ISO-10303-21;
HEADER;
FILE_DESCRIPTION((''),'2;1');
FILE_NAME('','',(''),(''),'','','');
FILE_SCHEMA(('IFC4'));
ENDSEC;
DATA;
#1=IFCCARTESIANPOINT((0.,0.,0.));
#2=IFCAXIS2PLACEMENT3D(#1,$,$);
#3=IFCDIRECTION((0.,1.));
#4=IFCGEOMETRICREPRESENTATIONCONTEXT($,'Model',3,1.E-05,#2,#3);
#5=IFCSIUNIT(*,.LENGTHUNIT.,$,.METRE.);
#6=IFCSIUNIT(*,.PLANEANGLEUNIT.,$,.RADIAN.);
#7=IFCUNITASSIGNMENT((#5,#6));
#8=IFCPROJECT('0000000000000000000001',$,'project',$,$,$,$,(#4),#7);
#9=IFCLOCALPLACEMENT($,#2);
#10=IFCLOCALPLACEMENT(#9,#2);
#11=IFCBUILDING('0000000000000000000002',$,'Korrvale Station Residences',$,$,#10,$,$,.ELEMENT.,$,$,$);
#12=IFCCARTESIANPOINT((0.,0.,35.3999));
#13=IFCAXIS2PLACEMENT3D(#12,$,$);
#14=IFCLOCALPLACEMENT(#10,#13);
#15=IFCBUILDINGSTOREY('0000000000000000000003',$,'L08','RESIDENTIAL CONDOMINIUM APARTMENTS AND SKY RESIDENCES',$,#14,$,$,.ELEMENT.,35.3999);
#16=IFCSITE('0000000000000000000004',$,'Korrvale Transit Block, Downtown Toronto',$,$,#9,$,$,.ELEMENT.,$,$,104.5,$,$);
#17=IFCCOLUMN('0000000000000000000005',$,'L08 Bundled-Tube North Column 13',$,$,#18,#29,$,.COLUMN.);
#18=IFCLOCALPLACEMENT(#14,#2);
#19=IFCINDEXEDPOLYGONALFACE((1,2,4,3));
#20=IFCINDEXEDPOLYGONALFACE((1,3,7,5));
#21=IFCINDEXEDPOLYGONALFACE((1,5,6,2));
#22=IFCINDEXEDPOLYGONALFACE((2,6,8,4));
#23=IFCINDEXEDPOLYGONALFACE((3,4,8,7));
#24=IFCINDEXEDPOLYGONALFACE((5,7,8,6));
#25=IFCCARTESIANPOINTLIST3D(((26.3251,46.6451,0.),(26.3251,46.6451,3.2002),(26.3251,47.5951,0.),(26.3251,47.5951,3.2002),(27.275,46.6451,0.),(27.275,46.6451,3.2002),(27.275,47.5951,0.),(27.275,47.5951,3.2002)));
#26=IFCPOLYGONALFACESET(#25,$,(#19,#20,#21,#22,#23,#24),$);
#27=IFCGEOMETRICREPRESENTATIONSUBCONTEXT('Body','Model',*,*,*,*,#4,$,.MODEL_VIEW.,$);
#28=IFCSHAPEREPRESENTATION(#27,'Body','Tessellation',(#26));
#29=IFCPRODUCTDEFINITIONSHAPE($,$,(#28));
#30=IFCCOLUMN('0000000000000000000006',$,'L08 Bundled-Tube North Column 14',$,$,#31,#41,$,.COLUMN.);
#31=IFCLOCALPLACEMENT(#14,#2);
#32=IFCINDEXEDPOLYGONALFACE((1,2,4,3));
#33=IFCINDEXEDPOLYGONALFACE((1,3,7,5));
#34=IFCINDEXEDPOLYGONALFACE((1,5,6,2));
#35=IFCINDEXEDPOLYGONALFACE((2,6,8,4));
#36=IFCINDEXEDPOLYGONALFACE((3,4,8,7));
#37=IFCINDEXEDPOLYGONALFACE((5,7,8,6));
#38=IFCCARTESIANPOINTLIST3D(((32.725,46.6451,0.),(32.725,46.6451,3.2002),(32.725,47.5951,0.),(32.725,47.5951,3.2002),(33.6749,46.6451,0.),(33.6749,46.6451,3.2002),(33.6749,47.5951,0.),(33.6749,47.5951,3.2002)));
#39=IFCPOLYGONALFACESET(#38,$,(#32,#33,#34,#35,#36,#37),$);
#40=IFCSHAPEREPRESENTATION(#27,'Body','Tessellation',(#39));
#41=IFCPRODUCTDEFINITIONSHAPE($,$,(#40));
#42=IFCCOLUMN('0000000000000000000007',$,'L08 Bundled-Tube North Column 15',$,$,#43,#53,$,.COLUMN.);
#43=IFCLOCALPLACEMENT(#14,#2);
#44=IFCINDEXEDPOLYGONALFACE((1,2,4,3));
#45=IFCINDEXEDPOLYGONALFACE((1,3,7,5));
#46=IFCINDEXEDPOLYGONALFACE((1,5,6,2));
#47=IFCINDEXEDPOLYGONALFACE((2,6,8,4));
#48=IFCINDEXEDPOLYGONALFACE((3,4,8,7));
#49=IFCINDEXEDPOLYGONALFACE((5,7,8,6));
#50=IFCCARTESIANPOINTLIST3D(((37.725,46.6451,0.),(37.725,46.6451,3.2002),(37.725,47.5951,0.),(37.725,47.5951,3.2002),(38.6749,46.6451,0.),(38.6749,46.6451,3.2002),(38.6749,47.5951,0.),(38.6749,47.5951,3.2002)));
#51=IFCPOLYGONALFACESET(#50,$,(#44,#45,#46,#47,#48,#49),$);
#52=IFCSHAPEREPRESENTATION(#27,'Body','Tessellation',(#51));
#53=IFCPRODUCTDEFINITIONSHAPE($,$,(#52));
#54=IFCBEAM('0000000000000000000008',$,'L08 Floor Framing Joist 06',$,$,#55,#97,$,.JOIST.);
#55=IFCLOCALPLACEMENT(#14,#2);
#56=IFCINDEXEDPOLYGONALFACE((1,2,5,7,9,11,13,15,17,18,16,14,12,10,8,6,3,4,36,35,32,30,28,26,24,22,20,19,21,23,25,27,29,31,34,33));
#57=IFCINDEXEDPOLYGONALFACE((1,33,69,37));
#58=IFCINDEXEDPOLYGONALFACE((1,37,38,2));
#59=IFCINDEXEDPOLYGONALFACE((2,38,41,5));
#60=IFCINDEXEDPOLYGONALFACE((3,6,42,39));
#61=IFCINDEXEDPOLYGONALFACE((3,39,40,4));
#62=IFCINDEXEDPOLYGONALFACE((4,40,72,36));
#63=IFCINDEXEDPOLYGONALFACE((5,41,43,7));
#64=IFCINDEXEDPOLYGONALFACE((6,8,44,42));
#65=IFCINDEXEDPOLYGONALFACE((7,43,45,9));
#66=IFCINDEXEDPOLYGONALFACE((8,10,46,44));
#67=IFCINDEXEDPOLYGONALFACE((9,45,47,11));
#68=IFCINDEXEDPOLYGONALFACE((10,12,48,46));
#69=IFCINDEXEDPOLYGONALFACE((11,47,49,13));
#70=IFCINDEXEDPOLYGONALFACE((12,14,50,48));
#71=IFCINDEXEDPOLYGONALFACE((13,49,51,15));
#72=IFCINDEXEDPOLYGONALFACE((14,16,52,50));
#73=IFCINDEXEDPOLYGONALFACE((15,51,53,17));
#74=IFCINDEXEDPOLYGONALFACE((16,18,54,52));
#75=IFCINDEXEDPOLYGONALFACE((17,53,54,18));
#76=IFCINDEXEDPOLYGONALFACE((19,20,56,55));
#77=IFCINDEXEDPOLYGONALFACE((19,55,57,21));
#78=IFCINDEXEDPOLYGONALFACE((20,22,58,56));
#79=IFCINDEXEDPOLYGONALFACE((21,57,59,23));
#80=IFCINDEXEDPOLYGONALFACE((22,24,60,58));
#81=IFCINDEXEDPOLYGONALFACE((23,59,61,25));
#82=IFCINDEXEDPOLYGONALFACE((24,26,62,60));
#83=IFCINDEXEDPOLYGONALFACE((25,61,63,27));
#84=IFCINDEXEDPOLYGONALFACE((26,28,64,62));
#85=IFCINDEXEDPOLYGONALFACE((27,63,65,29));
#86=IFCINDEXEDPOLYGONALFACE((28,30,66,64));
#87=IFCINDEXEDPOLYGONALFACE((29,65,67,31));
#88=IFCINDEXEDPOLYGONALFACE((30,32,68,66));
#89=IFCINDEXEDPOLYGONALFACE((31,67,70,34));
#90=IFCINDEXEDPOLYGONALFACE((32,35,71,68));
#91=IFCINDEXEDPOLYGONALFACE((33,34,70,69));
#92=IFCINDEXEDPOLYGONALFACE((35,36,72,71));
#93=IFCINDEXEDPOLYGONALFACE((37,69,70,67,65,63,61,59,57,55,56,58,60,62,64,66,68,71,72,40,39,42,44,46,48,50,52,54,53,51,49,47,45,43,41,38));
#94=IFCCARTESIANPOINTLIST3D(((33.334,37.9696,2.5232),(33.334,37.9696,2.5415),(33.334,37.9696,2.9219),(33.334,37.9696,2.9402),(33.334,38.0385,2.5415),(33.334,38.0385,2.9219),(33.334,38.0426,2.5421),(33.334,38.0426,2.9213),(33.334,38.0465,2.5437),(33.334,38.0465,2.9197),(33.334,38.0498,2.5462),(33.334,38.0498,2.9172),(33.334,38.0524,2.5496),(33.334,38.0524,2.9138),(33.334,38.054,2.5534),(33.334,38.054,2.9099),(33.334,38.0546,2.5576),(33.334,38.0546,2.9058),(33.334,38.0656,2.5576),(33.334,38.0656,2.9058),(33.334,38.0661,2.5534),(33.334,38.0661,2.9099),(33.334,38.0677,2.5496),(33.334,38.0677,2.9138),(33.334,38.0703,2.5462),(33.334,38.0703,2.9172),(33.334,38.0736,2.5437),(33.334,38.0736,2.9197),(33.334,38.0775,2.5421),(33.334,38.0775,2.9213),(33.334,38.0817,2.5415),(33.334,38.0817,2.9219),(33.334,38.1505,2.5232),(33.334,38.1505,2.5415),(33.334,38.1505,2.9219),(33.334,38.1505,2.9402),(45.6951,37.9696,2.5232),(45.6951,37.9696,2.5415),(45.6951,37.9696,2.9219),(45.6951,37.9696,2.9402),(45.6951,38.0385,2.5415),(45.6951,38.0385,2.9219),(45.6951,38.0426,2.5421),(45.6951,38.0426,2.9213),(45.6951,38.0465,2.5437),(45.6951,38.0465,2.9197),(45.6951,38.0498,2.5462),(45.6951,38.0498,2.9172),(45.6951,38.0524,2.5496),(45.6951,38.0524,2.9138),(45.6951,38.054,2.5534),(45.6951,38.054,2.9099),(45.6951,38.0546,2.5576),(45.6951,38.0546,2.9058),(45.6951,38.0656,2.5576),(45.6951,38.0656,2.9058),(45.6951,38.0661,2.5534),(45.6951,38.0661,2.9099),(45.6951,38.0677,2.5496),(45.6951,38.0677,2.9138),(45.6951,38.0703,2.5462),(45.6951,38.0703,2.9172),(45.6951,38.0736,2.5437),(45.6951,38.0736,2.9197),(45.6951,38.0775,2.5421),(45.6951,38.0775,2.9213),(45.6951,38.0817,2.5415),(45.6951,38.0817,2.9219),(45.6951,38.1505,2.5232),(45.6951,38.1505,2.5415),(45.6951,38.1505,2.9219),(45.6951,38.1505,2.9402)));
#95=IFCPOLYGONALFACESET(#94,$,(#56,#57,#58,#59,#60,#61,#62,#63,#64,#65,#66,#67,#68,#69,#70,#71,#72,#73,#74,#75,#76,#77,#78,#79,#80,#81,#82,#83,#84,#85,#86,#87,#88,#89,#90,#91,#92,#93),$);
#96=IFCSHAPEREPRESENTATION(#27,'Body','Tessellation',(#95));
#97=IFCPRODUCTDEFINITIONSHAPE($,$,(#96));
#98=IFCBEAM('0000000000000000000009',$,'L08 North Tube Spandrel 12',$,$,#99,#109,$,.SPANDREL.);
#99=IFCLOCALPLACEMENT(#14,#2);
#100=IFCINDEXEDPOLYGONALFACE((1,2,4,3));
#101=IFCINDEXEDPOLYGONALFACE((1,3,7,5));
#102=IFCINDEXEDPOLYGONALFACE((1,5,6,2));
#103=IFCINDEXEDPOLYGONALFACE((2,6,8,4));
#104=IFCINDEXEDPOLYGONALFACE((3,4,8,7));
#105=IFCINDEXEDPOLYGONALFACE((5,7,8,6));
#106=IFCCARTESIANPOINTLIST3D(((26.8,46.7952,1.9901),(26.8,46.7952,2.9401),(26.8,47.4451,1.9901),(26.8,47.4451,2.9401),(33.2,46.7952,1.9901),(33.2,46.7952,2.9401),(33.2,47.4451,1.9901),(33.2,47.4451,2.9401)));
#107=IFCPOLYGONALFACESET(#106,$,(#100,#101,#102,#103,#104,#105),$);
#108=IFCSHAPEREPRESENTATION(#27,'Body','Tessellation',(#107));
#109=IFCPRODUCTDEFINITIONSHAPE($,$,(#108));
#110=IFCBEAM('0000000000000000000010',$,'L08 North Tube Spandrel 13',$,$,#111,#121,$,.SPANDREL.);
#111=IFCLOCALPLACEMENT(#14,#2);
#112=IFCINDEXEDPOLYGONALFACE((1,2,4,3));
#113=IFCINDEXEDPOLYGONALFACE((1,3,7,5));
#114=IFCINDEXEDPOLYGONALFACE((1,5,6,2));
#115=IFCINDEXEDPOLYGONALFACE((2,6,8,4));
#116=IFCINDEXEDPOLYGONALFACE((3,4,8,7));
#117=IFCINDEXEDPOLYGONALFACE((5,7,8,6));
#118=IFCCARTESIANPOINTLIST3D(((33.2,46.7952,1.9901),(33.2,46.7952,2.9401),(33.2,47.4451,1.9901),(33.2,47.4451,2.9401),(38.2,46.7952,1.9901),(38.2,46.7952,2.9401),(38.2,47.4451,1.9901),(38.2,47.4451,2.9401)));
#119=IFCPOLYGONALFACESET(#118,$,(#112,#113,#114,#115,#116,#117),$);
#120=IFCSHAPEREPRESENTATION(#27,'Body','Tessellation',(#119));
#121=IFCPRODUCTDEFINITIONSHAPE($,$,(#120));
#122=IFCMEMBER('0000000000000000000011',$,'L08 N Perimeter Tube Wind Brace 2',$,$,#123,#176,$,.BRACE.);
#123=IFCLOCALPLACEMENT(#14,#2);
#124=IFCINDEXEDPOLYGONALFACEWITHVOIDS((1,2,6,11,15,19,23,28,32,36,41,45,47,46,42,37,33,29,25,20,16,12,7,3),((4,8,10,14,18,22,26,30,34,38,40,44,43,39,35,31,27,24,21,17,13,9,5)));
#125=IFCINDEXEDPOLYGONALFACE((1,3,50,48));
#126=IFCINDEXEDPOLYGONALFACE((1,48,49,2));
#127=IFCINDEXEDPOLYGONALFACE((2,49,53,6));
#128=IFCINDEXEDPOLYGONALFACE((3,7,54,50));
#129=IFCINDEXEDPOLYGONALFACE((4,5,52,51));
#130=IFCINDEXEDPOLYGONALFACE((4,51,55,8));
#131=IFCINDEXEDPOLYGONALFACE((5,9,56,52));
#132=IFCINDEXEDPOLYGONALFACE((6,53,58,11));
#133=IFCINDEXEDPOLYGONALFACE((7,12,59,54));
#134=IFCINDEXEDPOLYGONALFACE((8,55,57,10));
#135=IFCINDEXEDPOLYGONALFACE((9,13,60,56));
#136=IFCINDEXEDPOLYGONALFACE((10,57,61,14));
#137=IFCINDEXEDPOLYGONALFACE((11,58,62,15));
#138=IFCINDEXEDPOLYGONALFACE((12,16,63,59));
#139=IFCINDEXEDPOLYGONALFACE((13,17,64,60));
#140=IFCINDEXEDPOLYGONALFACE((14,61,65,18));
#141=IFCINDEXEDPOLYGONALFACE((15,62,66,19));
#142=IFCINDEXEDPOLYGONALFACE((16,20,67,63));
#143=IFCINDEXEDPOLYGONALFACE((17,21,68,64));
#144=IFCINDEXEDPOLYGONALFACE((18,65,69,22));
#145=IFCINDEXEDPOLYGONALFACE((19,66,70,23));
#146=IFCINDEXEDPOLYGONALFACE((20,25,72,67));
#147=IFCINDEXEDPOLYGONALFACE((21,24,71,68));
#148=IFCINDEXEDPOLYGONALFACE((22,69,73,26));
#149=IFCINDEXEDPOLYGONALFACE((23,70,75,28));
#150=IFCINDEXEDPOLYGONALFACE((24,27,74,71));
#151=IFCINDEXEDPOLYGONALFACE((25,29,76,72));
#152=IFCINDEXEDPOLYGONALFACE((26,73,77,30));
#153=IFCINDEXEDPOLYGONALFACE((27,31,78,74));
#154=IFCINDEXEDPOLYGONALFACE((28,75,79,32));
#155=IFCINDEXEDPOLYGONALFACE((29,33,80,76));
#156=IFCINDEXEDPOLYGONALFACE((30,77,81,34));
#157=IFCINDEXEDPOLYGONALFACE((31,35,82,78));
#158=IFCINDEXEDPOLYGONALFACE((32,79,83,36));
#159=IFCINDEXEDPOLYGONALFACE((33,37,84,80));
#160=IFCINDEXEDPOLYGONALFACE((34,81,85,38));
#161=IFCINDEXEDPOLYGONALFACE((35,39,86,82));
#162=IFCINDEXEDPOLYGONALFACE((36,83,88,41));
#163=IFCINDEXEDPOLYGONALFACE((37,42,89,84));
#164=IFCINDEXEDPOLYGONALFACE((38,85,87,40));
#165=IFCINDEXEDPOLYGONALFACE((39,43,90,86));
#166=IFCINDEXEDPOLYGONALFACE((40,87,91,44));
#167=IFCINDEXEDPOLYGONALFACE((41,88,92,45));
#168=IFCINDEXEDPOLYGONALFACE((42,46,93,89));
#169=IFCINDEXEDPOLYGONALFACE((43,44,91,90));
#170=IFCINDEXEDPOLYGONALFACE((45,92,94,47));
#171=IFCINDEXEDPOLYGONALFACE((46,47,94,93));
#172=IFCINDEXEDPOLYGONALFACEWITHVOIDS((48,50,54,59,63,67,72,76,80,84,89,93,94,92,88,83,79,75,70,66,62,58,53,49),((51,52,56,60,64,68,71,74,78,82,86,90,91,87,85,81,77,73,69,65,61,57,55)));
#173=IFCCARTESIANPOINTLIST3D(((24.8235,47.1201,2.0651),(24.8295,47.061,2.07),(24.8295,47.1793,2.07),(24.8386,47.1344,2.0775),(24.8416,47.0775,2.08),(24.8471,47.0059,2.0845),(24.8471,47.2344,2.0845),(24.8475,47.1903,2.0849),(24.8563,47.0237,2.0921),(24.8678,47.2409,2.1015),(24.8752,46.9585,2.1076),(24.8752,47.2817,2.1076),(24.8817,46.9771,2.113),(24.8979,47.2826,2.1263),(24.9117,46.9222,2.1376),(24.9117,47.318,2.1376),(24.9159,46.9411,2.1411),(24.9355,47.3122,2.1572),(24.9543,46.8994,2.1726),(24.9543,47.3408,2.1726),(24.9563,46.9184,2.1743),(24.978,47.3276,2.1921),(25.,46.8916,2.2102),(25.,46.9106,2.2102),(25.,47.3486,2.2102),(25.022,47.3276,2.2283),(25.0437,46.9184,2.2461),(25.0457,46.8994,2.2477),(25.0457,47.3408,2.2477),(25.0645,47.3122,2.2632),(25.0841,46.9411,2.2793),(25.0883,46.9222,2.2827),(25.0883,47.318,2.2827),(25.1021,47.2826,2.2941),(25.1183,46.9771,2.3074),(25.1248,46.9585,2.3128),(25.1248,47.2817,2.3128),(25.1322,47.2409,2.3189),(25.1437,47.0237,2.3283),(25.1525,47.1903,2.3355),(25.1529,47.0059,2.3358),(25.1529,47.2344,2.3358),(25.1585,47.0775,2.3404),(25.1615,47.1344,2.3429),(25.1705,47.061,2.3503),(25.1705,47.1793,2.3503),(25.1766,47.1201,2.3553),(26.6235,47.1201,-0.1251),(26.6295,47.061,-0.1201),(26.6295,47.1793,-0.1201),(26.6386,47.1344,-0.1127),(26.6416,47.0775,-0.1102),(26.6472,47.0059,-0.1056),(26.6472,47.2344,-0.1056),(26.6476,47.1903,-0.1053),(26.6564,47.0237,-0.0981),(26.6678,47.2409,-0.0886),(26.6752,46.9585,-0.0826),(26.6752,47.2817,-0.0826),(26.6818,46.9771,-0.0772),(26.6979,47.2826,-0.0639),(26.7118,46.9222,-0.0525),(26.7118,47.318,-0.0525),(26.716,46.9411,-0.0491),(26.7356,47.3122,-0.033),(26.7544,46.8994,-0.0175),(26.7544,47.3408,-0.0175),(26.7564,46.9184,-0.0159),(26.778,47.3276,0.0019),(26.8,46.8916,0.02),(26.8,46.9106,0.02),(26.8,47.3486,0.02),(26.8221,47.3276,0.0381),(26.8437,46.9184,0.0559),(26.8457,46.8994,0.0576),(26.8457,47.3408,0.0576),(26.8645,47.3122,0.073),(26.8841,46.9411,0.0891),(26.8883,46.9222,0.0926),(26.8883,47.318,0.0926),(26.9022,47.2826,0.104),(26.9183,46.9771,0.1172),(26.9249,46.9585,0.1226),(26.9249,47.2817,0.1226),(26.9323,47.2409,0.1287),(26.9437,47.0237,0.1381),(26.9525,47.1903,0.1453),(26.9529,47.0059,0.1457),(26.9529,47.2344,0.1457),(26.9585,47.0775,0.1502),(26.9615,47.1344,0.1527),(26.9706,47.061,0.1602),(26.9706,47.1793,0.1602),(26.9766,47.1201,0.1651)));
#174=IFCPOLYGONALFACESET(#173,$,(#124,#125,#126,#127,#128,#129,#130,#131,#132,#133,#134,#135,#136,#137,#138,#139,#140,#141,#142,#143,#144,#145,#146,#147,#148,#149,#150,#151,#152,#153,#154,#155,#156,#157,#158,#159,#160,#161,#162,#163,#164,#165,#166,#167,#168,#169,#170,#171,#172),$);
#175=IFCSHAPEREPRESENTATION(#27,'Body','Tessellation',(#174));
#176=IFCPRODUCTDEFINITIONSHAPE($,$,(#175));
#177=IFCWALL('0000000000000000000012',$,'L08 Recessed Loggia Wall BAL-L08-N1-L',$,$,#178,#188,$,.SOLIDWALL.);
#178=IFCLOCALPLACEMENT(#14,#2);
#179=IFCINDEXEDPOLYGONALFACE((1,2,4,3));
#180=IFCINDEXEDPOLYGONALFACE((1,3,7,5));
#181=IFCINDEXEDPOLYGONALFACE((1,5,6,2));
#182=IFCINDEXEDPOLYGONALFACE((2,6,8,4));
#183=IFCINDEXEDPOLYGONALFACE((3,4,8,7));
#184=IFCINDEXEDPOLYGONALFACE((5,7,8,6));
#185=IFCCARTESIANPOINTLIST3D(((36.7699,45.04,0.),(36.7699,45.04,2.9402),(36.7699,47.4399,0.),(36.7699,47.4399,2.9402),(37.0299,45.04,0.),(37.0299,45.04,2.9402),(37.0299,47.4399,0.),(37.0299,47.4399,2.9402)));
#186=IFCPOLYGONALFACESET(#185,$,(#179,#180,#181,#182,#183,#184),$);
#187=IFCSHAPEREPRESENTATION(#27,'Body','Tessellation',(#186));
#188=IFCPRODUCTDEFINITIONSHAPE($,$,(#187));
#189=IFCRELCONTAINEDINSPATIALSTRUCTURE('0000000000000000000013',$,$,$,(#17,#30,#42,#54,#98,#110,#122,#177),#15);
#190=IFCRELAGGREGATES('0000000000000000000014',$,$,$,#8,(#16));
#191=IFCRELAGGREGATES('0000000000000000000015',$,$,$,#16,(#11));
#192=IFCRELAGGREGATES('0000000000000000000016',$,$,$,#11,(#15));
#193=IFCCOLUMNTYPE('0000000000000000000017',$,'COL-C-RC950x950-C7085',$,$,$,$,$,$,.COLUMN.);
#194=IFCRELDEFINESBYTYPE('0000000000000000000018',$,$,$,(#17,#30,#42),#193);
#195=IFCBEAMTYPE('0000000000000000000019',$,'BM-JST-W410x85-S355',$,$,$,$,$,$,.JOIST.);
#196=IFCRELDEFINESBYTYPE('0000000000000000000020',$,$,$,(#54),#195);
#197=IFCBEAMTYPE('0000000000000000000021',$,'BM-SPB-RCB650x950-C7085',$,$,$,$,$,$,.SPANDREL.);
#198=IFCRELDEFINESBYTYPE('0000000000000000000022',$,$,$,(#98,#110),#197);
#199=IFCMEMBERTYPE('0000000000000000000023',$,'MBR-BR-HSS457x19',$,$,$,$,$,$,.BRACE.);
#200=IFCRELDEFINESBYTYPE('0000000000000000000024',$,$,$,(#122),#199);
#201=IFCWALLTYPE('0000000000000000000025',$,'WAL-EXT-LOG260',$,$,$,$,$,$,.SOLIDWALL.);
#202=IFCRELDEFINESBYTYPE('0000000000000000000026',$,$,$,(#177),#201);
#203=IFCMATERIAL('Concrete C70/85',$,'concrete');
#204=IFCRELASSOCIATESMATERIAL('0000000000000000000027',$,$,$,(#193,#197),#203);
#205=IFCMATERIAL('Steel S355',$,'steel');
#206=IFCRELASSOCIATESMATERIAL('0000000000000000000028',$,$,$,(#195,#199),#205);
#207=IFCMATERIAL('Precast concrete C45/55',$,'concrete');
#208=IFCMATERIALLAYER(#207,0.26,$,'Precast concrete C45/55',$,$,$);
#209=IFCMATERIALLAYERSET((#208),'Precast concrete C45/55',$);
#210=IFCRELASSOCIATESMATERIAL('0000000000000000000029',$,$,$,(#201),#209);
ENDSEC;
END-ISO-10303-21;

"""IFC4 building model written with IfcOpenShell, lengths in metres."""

from ifc_helpers import new_model, si_unit, direction, frame, frame_2d, origin, origin_2d, place, context, subcontext, project, spatial, rectangle, hollow_circle, i_section, extrude, material, layer, layer_set, material_profile, profile_set, type_object, element, save


model = new_model("IFC4")

# Units and contexts
model_context = context("Model", 3, precision=1e-05, world=origin(), true_north=direction((0.0, 1.0)))
body_context = subcontext(model_context, "Body", "Model", "MODEL_VIEW")
ifc_project = project(units=[si_unit("LENGTHUNIT", "METRE"), si_unit("PLANEANGLEUNIT", "RADIAN")], contexts=[model_context])

# Site, building, storey
site_placement = place(None, origin())
site = spatial("IfcSite", under=ifc_project, at=site_placement, Name="Korrvale Transit Block, Downtown Toronto", CompositionType="ELEMENT", RefElevation=104.5)
building_placement = place(site_placement, origin())
building = spatial("IfcBuilding", under=site, at=building_placement, Name="Korrvale Station Residences", CompositionType="ELEMENT")
storey_placement = place(building_placement, frame((0.0, 0.0, 35.3999)))
storey = spatial("IfcBuildingStorey", under=building, at=storey_placement, Name="L08", Description="RESIDENTIAL CONDOMINIUM APARTMENTS AND SKY RESIDENCES", CompositionType="ELEMENT", Elevation=35.3999)

# Columns
ifc_material_1 = material(Name="Concrete C70/85", Category="concrete")
ifc_material_profile_1 = material_profile(ifc_material_1, rectangle(XDim=0.95, YDim=0.95, at=origin_2d()), Name="RC950x950")
ifc_profile_set_1 = profile_set([ifc_material_profile_1], Name="Concrete C70/85")
column_type = type_object("IfcColumnType", Name="COL-C-RC950x950-C7085", PredefinedType="COLUMN", material=ifc_profile_set_1)
for number, where, z_axis, x_axis, name in (
    (1, (26.8, 47.1201, 0.0), (0.0, 0.0, 1.0), (1.0, 0.0, 0.0), "L08 Bundled-Tube North Column 13"),
    (2, (33.2, 47.1201, 0.0), (0.0, 0.0, 1.0), (1.0, 0.0, 0.0), "L08 Bundled-Tube North Column 14"),
    (3, (38.2, 47.1201, 0.0), (0.0, 0.0, 1.0), (1.0, 0.0, 0.0), "L08 Bundled-Tube North Column 15"),
):
    element("IfcColumn", number, at=place(storey_placement, frame(where, z_axis=z_axis, x_axis=x_axis)), inside=storey, type_object=column_type, Name=name, PredefinedType="COLUMN", context=body_context, shape_type="SweptSolid", body=[
        extrude(rectangle(XDim=0.95, YDim=0.95, at=origin_2d()), origin(), (0.0, 0.0, 1.0), 3.2002),
    ])

# Beams
ifc_material_2 = material(Name="Steel S355", Category="steel")
ifc_material_profile_2 = material_profile(ifc_material_2, i_section(OverallWidth=0.1809, OverallDepth=0.417, WebThickness=0.011, FlangeThickness=0.0183, FilletRadius=0.0161, at=origin_2d()), Name="W410x85")
ifc_profile_set_2 = profile_set([ifc_material_profile_2], Name="Steel S355")
beam_type_1 = type_object("IfcBeamType", Name="BM-JST-W410x85-S355", PredefinedType="JOIST", material=ifc_profile_set_2)
beam_1_placement = place(storey_placement, frame((33.334, 38.0601, 2.7317), z_axis=(1.0, 0.0, 0.0), x_axis=(0.0, 1.0, 0.0)))
element("IfcBeam", 4, at=beam_1_placement, inside=storey, type_object=beam_type_1, Name="L08 Floor Framing Joist 06", PredefinedType="JOIST", context=body_context, shape_type="SweptSolid", body=[
    extrude(i_section(OverallWidth=0.1809, OverallDepth=0.417, WebThickness=0.011, FlangeThickness=0.0183, FilletRadius=0.0161, at=origin_2d()), origin(), (0.0, 0.0, 1.0), 12.3611),
])
ifc_material_profile_3 = material_profile(ifc_material_1, rectangle(XDim=0.6499, YDim=0.95, at=origin_2d()), Name="RCB650x950")
ifc_profile_set_3 = profile_set([ifc_material_profile_3], Name="Concrete C70/85")
beam_type_2 = type_object("IfcBeamType", Name="BM-SPB-RCB650x950-C7085", PredefinedType="SPANDREL", material=ifc_profile_set_3)
beam_2_placement = place(storey_placement, frame((26.8, 47.1201, 2.4651), z_axis=(1.0, 0.0, 0.0), x_axis=(0.0, 1.0, 0.0)))
element("IfcBeam", 5, at=beam_2_placement, inside=storey, type_object=beam_type_2, Name="L08 North Tube Spandrel 12", PredefinedType="SPANDREL", context=body_context, shape_type="SweptSolid", body=[
    extrude(rectangle(XDim=0.6499, YDim=0.95, at=origin_2d()), origin(), (0.0, 0.0, 1.0), 6.3999),
])
beam_3_placement = place(storey_placement, frame((33.2, 47.1201, 2.4651), z_axis=(1.0, 0.0, 0.0), x_axis=(0.0, 1.0, 0.0)))
element("IfcBeam", 6, at=beam_3_placement, inside=storey, type_object=beam_type_2, Name="L08 North Tube Spandrel 13", PredefinedType="SPANDREL", context=body_context, shape_type="SweptSolid", body=[
    extrude(rectangle(XDim=0.6499, YDim=0.95, at=origin_2d()), origin(), (0.0, 0.0, 1.0), 5.0),
])

# Member
ifc_material_profile_4 = material_profile(ifc_material_2, hollow_circle(Radius=0.2285, WallThickness=0.019, at=origin_2d()), Name="HSS457x19")
ifc_profile_set_4 = profile_set([ifc_material_profile_4], Name="Steel S355")
member_type = type_object("IfcMemberType", Name="MBR-BR-HSS457x19", PredefinedType="BRACE", material=ifc_profile_set_4)
member_placement = place(storey_placement, frame((26.8, 47.1201, 0.02), z_axis=(-0.634943, 0.0, 0.772559), x_axis=(0.0, -1.0, 0.0)))
element("IfcMember", 7, at=member_placement, inside=storey, type_object=member_type, Name="L08 N Perimeter Tube Wind Brace 2", PredefinedType="BRACE", context=body_context, shape_type="SweptSolid", body=[
    extrude(hollow_circle(Radius=0.2285, WallThickness=0.019, at=origin_2d()), origin(), (0.0, 0.0, 1.0), 2.835),
])

# Wall
ifc_material_3 = material(Name="Precast concrete C45/55", Category="concrete")
ifc_layer_1 = layer(ifc_material_3, 0.26, Name="Precast concrete C45/55")
ifc_layer_set_1 = layer_set([ifc_layer_1], Name="Precast concrete C45/55")
wall_type_1 = type_object("IfcWallType", Name="WAL-EXT-LOG260", PredefinedType="SOLIDWALL", material=ifc_layer_set_1)
wall_1_placement = place(storey_placement, frame((36.8999, 47.4399, 0.0), z_axis=(0.0, 0.0, 1.0), x_axis=(0.0, -1.0, 0.0)))
element("IfcWall", 8, at=wall_1_placement, inside=storey, type_object=wall_type_1, Name="L08 Recessed Loggia Wall BAL-L08-N1-L", PredefinedType="SOLIDWALL", context=body_context, shape_type="SweptSolid", body=[
    extrude(rectangle(XDim=2.3999, YDim=0.26, at=frame_2d((1.2, 0.0))), origin(), (0.0, 0.0, 1.0), 2.9402),
])

save(model, "model.ifc")
